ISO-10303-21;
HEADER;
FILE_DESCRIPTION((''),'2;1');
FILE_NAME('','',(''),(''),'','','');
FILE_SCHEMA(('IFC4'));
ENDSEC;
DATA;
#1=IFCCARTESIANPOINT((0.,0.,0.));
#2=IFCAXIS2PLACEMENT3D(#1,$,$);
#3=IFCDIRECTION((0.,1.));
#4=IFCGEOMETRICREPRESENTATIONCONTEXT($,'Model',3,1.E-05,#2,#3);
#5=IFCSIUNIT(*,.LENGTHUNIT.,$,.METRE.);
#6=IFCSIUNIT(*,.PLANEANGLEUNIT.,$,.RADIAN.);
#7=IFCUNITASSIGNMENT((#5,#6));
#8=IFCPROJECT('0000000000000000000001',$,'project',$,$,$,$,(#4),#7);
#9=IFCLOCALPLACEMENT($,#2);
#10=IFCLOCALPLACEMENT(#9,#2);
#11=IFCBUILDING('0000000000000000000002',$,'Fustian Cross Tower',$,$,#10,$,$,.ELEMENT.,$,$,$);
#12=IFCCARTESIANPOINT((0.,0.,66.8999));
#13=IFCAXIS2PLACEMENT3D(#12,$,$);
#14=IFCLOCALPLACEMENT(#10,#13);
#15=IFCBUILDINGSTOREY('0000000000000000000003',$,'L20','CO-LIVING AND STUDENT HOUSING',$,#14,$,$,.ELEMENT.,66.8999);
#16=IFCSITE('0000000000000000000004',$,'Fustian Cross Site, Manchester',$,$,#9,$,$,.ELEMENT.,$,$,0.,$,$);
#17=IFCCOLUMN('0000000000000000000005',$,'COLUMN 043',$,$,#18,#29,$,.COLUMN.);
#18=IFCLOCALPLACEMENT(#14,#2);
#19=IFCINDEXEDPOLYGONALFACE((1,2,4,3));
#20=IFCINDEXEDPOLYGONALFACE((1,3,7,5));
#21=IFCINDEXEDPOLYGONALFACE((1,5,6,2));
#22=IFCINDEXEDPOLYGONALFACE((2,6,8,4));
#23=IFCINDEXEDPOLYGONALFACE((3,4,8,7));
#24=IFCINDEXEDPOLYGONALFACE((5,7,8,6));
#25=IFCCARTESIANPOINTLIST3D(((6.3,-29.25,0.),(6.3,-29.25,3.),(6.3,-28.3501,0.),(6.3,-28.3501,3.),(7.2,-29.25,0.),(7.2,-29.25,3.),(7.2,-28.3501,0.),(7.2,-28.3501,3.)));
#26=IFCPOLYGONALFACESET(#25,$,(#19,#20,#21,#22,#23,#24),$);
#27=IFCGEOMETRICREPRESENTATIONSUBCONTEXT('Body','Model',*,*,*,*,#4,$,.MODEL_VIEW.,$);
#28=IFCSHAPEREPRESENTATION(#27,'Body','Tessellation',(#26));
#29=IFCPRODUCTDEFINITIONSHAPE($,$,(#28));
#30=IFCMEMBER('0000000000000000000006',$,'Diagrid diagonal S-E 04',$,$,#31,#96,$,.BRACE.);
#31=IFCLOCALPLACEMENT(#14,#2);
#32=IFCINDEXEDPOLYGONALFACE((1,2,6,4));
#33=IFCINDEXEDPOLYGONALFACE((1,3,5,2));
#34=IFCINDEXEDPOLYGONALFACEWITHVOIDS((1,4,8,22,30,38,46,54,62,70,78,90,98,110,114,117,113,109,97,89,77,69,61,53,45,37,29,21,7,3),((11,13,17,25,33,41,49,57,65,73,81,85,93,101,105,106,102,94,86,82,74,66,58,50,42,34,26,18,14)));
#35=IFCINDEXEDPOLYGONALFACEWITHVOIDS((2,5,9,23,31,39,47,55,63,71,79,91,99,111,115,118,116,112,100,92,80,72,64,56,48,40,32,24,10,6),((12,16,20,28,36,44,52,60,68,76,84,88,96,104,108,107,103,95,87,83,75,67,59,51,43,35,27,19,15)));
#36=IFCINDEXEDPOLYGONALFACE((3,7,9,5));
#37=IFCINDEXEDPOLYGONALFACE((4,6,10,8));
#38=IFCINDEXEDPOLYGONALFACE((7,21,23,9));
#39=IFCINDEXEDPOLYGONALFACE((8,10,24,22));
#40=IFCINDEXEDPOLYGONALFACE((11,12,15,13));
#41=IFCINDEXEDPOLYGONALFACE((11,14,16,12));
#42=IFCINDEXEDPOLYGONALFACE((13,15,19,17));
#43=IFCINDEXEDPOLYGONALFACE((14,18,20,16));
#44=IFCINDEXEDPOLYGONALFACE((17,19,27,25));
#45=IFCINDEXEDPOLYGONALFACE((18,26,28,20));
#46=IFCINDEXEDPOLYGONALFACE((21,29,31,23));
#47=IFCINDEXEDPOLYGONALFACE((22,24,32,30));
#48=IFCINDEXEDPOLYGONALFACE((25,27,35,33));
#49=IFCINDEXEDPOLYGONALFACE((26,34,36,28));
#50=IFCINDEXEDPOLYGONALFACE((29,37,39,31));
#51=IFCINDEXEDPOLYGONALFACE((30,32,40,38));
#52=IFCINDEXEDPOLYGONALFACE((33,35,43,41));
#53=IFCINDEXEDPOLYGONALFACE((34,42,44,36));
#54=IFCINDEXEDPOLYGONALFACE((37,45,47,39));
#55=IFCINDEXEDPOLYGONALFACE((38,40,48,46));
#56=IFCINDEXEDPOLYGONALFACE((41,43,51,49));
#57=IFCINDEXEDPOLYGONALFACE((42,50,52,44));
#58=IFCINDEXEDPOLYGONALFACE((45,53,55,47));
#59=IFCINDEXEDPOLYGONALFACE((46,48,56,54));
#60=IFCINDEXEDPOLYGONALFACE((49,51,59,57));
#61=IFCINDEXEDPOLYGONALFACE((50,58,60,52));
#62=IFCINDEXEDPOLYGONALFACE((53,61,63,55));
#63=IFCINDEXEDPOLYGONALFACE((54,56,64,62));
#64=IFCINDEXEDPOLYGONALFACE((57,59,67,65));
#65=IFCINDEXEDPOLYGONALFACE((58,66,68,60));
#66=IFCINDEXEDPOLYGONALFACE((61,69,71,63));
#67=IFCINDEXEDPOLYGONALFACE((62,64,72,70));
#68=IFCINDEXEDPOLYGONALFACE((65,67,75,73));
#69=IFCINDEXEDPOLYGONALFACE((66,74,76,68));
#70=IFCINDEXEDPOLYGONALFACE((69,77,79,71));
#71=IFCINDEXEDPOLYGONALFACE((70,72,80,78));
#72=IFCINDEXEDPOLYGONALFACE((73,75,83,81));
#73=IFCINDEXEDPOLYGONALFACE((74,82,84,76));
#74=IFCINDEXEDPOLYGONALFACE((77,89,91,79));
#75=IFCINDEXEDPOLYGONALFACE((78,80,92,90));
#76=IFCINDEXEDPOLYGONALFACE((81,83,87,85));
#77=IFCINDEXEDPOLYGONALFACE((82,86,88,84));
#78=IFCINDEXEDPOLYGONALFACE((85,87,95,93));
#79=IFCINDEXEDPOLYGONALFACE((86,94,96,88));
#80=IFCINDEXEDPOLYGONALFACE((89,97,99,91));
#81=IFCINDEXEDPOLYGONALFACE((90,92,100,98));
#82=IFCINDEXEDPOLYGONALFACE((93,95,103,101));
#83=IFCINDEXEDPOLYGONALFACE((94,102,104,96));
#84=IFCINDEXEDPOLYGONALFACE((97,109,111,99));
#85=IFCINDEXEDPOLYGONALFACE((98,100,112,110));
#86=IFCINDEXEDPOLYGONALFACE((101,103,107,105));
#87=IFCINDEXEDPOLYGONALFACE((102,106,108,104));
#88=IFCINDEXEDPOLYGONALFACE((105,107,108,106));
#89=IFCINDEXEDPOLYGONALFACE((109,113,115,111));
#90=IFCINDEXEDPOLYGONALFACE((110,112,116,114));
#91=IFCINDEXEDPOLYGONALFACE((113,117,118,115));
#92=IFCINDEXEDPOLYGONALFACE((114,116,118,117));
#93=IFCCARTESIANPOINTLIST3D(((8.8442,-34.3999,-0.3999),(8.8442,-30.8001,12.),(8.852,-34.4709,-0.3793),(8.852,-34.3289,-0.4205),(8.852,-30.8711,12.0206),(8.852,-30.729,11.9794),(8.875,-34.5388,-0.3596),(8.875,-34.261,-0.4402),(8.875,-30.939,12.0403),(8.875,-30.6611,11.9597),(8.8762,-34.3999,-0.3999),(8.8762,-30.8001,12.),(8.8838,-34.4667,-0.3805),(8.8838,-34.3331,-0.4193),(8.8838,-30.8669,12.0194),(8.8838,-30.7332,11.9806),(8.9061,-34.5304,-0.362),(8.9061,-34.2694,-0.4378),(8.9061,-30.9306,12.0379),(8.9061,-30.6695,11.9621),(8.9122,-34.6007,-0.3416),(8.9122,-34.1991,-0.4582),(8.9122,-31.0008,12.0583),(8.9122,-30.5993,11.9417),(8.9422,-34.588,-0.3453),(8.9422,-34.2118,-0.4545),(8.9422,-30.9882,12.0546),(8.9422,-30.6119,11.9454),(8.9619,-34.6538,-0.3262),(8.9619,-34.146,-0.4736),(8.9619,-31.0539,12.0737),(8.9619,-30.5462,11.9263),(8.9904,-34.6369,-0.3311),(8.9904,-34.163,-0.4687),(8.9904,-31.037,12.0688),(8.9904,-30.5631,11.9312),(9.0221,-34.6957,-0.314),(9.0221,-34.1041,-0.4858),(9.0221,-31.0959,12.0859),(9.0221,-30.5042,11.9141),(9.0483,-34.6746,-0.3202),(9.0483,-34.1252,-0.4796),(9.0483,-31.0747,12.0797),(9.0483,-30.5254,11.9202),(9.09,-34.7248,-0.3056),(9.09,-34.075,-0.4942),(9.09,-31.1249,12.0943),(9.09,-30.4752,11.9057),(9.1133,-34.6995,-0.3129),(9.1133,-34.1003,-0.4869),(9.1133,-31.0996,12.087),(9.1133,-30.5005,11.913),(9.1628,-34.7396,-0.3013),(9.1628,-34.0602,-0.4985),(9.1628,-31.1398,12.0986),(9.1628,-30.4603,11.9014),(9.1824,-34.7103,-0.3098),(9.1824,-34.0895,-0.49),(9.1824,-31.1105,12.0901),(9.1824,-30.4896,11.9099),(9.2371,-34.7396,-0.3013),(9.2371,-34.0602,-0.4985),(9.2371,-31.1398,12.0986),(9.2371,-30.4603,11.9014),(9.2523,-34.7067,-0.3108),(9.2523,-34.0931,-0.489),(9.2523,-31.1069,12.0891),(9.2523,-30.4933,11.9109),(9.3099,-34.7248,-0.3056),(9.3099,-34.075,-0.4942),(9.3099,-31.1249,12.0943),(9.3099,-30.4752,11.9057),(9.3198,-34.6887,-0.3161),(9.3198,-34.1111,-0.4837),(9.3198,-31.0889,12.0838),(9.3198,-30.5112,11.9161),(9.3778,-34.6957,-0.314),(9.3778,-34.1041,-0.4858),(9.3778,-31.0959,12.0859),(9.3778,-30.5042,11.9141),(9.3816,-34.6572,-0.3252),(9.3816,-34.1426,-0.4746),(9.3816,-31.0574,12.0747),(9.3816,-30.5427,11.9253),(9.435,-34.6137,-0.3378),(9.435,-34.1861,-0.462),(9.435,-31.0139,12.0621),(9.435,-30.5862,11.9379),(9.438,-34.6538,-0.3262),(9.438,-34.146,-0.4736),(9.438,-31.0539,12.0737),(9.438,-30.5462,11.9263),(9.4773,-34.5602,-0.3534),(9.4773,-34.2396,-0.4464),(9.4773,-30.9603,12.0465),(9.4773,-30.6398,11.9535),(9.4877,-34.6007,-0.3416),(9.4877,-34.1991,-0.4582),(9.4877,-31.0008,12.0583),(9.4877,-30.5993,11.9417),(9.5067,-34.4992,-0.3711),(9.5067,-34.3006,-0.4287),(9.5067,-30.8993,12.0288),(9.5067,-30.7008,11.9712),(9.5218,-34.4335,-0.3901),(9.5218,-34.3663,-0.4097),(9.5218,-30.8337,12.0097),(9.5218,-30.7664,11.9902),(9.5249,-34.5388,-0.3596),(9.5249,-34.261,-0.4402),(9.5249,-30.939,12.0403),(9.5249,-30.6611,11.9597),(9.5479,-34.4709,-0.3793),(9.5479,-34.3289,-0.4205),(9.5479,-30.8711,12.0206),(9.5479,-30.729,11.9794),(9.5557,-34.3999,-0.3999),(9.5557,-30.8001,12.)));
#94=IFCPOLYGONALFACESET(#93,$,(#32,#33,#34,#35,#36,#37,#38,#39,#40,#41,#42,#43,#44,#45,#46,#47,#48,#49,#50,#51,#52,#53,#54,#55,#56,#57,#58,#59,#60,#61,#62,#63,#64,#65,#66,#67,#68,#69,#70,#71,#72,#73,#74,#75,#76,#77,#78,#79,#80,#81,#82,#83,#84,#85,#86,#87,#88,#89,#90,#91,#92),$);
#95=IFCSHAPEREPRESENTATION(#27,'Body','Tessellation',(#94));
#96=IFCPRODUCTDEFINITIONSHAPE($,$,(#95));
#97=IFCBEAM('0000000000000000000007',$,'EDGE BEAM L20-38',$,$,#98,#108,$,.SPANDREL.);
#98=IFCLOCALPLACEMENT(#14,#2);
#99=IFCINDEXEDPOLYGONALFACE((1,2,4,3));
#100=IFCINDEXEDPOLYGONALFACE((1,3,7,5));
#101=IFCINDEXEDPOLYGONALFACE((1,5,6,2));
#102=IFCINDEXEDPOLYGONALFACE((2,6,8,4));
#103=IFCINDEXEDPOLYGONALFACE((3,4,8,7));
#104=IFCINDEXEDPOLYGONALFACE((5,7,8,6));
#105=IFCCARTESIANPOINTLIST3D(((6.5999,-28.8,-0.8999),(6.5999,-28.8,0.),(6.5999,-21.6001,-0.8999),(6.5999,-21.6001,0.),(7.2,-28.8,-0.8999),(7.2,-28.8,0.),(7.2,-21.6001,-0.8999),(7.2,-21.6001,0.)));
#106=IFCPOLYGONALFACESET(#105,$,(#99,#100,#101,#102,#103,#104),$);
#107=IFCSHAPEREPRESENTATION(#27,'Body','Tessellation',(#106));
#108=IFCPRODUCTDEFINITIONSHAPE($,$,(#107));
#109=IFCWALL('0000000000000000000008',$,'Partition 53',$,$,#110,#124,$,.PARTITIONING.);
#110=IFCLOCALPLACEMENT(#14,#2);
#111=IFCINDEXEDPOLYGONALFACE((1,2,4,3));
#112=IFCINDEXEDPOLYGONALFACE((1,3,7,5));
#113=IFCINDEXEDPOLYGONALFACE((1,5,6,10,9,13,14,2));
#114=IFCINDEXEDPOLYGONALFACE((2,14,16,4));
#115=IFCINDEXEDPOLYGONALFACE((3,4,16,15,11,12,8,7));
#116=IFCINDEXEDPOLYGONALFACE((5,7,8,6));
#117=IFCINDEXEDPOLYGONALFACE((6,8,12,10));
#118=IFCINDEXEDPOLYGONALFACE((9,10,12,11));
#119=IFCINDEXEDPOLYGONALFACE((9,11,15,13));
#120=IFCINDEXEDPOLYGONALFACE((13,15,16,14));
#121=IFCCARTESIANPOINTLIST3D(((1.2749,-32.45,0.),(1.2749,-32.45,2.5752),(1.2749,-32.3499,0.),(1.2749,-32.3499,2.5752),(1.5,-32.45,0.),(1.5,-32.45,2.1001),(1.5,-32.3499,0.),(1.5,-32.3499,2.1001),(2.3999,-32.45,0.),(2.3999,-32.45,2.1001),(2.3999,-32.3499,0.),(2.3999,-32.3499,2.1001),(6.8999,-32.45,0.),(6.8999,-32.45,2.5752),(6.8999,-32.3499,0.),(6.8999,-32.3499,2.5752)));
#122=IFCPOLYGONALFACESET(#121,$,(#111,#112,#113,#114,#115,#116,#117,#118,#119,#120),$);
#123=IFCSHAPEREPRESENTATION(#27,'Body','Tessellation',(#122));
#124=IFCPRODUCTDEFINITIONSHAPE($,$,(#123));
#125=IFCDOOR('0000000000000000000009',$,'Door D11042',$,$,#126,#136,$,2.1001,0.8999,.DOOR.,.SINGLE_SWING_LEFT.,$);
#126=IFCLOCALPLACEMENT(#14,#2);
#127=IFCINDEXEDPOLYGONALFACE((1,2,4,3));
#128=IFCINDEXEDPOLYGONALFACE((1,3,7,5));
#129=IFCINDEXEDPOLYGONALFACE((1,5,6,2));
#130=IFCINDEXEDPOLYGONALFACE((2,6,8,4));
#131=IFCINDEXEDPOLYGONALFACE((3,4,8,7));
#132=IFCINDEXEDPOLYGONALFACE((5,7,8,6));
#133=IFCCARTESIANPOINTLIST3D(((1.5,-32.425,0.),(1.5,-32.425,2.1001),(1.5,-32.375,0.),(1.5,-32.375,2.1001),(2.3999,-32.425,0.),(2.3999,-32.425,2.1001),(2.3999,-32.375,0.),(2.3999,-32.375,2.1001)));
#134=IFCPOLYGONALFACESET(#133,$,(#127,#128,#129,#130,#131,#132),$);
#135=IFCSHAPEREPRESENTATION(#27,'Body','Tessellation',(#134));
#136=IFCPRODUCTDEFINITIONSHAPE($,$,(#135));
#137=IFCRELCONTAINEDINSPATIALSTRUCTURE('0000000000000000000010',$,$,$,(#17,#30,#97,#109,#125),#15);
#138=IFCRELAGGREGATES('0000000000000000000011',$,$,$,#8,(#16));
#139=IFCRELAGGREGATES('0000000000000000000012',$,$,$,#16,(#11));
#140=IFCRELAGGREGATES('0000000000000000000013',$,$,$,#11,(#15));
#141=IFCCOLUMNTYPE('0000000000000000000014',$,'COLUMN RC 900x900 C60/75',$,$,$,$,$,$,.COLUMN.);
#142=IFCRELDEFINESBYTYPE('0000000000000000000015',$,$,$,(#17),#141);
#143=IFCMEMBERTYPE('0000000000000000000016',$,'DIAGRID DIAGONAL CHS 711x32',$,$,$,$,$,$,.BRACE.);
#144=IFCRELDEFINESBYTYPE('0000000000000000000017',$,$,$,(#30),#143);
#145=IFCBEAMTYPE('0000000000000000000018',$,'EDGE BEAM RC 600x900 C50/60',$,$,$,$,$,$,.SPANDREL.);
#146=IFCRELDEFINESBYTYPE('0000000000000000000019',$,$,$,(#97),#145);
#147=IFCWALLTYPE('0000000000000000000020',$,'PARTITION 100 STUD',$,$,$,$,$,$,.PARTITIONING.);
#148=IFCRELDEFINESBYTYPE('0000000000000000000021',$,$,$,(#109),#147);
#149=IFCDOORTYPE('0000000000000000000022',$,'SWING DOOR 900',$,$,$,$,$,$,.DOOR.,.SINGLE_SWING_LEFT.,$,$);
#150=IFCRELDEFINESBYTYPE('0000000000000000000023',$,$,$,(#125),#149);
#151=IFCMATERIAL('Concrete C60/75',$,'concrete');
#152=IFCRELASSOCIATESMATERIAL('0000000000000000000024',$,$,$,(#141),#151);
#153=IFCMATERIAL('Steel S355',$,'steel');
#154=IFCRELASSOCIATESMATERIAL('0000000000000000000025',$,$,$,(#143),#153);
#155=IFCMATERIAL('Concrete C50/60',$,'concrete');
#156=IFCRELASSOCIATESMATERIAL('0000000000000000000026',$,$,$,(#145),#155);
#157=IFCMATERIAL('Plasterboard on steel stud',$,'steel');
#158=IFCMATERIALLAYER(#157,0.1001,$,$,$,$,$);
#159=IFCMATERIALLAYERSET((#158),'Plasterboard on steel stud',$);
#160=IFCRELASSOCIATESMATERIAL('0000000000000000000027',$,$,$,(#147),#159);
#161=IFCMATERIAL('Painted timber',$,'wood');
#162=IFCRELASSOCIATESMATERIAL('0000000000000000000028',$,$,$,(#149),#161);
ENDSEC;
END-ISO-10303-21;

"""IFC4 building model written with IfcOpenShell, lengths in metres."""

from ifc_helpers import new_model, si_unit, direction, frame, frame_2d, origin, origin_2d, place, context, subcontext, project, spatial, rectangle, hollow_circle, extrude, material, layer, layer_set, material_profile, profile_set, type_object, element, fill, save


model = new_model("IFC4")

# Units and contexts
model_context = context("Model", 3, precision=1e-05, world=origin(), true_north=direction((0.0, 1.0)))
body_context = subcontext(model_context, "Body", "Model", "MODEL_VIEW")
ifc_project = project(units=[si_unit("LENGTHUNIT", "METRE"), si_unit("PLANEANGLEUNIT", "RADIAN")], contexts=[model_context])

# Site, building, storey
site_placement = place(None, origin())
site = spatial("IfcSite", under=ifc_project, at=site_placement, Name="Fustian Cross Site, Manchester", CompositionType="ELEMENT", RefElevation=0.0)
building_placement = place(site_placement, origin())
building = spatial("IfcBuilding", under=site, at=building_placement, Name="Fustian Cross Tower", CompositionType="ELEMENT")
storey_placement = place(building_placement, frame((0.0, 0.0, 66.8999)))
storey = spatial("IfcBuildingStorey", under=building, at=storey_placement, Name="L20", Description="CO-LIVING AND STUDENT HOUSING", CompositionType="ELEMENT", Elevation=66.8999)

# Column
ifc_material_1 = material(Name="Concrete C60/75", Category="concrete")
ifc_material_profile_1 = material_profile(ifc_material_1, rectangle(XDim=0.8999, YDim=0.8999, at=origin_2d()), Name="RC 900x900")
ifc_profile_set_1 = profile_set([ifc_material_profile_1], Name="Concrete C60/75")
column_type = type_object("IfcColumnType", Name="COLUMN RC 900x900 C60/75", PredefinedType="COLUMN", material=ifc_profile_set_1)
column_placement = place(storey_placement, frame((6.75, -28.8, 0.0), z_axis=(0.0, 0.0, 1.0), x_axis=(1.0, 0.0, 0.0)))
element("IfcColumn", 1, at=column_placement, inside=storey, type_object=column_type, Name="COLUMN 043", PredefinedType="COLUMN", context=body_context, shape_type="SweptSolid", body=[
    extrude(rectangle(XDim=0.8999, YDim=0.8999, at=origin_2d()), origin(), (0.0, 0.0, 1.0), 3.0),
])

# Member
ifc_material_2 = material(Name="Steel S355", Category="steel")
ifc_material_profile_2 = material_profile(ifc_material_2, hollow_circle(Radius=0.3557, WallThickness=0.032, at=origin_2d()), Name="CHS 711x32")
ifc_profile_set_2 = profile_set([ifc_material_profile_2], Name="Steel S355")
member_type = type_object("IfcMemberType", Name="DIAGRID DIAGONAL CHS 711x32", PredefinedType="BRACE", material=ifc_profile_set_2)
member_placement = place(storey_placement, frame((9.2, -34.3999, -0.3999), z_axis=(0.0, 0.278802, 0.960349), x_axis=(-1.0, 0.0, 0.0)))
element("IfcMember", 2, at=member_placement, inside=storey, type_object=member_type, Name="Diagrid diagonal S-E 04", PredefinedType="BRACE", context=body_context, shape_type="SweptSolid", body=[
    extrude(hollow_circle(Radius=0.3557, WallThickness=0.032, at=origin_2d()), origin(), (0.0, 0.0, 1.0), 12.9119),
])

# Beam
ifc_material_3 = material(Name="Concrete C50/60", Category="concrete")
ifc_material_profile_3 = material_profile(ifc_material_3, rectangle(XDim=0.6001, YDim=0.8999, at=origin_2d()), Name="RC 600x900")
ifc_profile_set_3 = profile_set([ifc_material_profile_3], Name="Concrete C50/60")
beam_type = type_object("IfcBeamType", Name="EDGE BEAM RC 600x900 C50/60", PredefinedType="SPANDREL", material=ifc_profile_set_3)
beam_placement = place(storey_placement, frame((6.8999, -28.8, -0.45), z_axis=(0.0, 1.0, 0.0), x_axis=(-1.0, 0.0, 0.0)))
element("IfcBeam", 3, at=beam_placement, inside=storey, type_object=beam_type, Name="EDGE BEAM L20-38", PredefinedType="SPANDREL", context=body_context, shape_type="SweptSolid", body=[
    extrude(rectangle(XDim=0.6001, YDim=0.8999, at=origin_2d()), origin(), (0.0, 0.0, 1.0), 7.2),
])

# Wall, opening, door
ifc_material_4 = material(Name="Plasterboard on steel stud", Category="steel")
ifc_layer_1 = layer(ifc_material_4, 0.1001)
ifc_layer_set_1 = layer_set([ifc_layer_1], Name="Plasterboard on steel stud")
wall_type_1 = type_object("IfcWallType", Name="PARTITION 100 STUD", PredefinedType="PARTITIONING", material=ifc_layer_set_1)
wall_1_placement = place(storey_placement, frame((1.2749, -32.3999, 0.0), z_axis=(0.0, 0.0, 1.0), x_axis=(1.0, 0.0, 0.0)))
wall_1 = element("IfcWall", 4, at=wall_1_placement, inside=storey, type_object=wall_type_1, Name="Partition 53", PredefinedType="PARTITIONING", context=body_context, shape_type="SweptSolid", body=[
    extrude(rectangle(XDim=5.625, YDim=0.1001, at=frame_2d((2.8125, 0.0))), origin(), (0.0, 0.0, 1.0), 2.5752),
])
opening_1_placement = place(wall_1_placement, frame((0.2251, 0.0, 0.0)))
opening_1 = element("IfcOpeningElement", 5, at=opening_1_placement, cuts=wall_1, PredefinedType="OPENING", context=body_context, shape_type="SweptSolid", body=[
    extrude(rectangle(XDim=0.8999, YDim=2.1001, at=frame_2d((0.45, 1.05))), frame((0.0, 0.0601, 0.0), z_axis=(0.0, -1.0, 0.0), x_axis=(1.0, 0.0, 0.0)), (0.0, 0.0, 1.0), 0.1201),
])
ifc_material_5 = material(Name="Painted timber", Category="wood")
door_type_1 = type_object("IfcDoorType", Name="SWING DOOR 900", OperationType="SINGLE_SWING_LEFT", PredefinedType="DOOR", material=ifc_material_5)
door_1_placement = place(opening_1_placement, origin())
door_1 = element("IfcDoor", 6, at=door_1_placement, inside=storey, type_object=door_type_1, Name="Door D11042", OperationType="SINGLE_SWING_LEFT", OverallHeight=2.1001, OverallWidth=0.8999, PredefinedType="DOOR", context=body_context, shape_type="SweptSolid", body=[
    extrude(rectangle(XDim=0.8999, YDim=2.1001, at=frame_2d((0.45, 1.05))), frame((0.0, 0.0249, 0.0), z_axis=(0.0, -1.0, 0.0), x_axis=(1.0, 0.0, 0.0)), (0.0, 0.0, 1.0), 0.05),
])
fill(opening_1, door_1)

save(model, "model.ifc")
